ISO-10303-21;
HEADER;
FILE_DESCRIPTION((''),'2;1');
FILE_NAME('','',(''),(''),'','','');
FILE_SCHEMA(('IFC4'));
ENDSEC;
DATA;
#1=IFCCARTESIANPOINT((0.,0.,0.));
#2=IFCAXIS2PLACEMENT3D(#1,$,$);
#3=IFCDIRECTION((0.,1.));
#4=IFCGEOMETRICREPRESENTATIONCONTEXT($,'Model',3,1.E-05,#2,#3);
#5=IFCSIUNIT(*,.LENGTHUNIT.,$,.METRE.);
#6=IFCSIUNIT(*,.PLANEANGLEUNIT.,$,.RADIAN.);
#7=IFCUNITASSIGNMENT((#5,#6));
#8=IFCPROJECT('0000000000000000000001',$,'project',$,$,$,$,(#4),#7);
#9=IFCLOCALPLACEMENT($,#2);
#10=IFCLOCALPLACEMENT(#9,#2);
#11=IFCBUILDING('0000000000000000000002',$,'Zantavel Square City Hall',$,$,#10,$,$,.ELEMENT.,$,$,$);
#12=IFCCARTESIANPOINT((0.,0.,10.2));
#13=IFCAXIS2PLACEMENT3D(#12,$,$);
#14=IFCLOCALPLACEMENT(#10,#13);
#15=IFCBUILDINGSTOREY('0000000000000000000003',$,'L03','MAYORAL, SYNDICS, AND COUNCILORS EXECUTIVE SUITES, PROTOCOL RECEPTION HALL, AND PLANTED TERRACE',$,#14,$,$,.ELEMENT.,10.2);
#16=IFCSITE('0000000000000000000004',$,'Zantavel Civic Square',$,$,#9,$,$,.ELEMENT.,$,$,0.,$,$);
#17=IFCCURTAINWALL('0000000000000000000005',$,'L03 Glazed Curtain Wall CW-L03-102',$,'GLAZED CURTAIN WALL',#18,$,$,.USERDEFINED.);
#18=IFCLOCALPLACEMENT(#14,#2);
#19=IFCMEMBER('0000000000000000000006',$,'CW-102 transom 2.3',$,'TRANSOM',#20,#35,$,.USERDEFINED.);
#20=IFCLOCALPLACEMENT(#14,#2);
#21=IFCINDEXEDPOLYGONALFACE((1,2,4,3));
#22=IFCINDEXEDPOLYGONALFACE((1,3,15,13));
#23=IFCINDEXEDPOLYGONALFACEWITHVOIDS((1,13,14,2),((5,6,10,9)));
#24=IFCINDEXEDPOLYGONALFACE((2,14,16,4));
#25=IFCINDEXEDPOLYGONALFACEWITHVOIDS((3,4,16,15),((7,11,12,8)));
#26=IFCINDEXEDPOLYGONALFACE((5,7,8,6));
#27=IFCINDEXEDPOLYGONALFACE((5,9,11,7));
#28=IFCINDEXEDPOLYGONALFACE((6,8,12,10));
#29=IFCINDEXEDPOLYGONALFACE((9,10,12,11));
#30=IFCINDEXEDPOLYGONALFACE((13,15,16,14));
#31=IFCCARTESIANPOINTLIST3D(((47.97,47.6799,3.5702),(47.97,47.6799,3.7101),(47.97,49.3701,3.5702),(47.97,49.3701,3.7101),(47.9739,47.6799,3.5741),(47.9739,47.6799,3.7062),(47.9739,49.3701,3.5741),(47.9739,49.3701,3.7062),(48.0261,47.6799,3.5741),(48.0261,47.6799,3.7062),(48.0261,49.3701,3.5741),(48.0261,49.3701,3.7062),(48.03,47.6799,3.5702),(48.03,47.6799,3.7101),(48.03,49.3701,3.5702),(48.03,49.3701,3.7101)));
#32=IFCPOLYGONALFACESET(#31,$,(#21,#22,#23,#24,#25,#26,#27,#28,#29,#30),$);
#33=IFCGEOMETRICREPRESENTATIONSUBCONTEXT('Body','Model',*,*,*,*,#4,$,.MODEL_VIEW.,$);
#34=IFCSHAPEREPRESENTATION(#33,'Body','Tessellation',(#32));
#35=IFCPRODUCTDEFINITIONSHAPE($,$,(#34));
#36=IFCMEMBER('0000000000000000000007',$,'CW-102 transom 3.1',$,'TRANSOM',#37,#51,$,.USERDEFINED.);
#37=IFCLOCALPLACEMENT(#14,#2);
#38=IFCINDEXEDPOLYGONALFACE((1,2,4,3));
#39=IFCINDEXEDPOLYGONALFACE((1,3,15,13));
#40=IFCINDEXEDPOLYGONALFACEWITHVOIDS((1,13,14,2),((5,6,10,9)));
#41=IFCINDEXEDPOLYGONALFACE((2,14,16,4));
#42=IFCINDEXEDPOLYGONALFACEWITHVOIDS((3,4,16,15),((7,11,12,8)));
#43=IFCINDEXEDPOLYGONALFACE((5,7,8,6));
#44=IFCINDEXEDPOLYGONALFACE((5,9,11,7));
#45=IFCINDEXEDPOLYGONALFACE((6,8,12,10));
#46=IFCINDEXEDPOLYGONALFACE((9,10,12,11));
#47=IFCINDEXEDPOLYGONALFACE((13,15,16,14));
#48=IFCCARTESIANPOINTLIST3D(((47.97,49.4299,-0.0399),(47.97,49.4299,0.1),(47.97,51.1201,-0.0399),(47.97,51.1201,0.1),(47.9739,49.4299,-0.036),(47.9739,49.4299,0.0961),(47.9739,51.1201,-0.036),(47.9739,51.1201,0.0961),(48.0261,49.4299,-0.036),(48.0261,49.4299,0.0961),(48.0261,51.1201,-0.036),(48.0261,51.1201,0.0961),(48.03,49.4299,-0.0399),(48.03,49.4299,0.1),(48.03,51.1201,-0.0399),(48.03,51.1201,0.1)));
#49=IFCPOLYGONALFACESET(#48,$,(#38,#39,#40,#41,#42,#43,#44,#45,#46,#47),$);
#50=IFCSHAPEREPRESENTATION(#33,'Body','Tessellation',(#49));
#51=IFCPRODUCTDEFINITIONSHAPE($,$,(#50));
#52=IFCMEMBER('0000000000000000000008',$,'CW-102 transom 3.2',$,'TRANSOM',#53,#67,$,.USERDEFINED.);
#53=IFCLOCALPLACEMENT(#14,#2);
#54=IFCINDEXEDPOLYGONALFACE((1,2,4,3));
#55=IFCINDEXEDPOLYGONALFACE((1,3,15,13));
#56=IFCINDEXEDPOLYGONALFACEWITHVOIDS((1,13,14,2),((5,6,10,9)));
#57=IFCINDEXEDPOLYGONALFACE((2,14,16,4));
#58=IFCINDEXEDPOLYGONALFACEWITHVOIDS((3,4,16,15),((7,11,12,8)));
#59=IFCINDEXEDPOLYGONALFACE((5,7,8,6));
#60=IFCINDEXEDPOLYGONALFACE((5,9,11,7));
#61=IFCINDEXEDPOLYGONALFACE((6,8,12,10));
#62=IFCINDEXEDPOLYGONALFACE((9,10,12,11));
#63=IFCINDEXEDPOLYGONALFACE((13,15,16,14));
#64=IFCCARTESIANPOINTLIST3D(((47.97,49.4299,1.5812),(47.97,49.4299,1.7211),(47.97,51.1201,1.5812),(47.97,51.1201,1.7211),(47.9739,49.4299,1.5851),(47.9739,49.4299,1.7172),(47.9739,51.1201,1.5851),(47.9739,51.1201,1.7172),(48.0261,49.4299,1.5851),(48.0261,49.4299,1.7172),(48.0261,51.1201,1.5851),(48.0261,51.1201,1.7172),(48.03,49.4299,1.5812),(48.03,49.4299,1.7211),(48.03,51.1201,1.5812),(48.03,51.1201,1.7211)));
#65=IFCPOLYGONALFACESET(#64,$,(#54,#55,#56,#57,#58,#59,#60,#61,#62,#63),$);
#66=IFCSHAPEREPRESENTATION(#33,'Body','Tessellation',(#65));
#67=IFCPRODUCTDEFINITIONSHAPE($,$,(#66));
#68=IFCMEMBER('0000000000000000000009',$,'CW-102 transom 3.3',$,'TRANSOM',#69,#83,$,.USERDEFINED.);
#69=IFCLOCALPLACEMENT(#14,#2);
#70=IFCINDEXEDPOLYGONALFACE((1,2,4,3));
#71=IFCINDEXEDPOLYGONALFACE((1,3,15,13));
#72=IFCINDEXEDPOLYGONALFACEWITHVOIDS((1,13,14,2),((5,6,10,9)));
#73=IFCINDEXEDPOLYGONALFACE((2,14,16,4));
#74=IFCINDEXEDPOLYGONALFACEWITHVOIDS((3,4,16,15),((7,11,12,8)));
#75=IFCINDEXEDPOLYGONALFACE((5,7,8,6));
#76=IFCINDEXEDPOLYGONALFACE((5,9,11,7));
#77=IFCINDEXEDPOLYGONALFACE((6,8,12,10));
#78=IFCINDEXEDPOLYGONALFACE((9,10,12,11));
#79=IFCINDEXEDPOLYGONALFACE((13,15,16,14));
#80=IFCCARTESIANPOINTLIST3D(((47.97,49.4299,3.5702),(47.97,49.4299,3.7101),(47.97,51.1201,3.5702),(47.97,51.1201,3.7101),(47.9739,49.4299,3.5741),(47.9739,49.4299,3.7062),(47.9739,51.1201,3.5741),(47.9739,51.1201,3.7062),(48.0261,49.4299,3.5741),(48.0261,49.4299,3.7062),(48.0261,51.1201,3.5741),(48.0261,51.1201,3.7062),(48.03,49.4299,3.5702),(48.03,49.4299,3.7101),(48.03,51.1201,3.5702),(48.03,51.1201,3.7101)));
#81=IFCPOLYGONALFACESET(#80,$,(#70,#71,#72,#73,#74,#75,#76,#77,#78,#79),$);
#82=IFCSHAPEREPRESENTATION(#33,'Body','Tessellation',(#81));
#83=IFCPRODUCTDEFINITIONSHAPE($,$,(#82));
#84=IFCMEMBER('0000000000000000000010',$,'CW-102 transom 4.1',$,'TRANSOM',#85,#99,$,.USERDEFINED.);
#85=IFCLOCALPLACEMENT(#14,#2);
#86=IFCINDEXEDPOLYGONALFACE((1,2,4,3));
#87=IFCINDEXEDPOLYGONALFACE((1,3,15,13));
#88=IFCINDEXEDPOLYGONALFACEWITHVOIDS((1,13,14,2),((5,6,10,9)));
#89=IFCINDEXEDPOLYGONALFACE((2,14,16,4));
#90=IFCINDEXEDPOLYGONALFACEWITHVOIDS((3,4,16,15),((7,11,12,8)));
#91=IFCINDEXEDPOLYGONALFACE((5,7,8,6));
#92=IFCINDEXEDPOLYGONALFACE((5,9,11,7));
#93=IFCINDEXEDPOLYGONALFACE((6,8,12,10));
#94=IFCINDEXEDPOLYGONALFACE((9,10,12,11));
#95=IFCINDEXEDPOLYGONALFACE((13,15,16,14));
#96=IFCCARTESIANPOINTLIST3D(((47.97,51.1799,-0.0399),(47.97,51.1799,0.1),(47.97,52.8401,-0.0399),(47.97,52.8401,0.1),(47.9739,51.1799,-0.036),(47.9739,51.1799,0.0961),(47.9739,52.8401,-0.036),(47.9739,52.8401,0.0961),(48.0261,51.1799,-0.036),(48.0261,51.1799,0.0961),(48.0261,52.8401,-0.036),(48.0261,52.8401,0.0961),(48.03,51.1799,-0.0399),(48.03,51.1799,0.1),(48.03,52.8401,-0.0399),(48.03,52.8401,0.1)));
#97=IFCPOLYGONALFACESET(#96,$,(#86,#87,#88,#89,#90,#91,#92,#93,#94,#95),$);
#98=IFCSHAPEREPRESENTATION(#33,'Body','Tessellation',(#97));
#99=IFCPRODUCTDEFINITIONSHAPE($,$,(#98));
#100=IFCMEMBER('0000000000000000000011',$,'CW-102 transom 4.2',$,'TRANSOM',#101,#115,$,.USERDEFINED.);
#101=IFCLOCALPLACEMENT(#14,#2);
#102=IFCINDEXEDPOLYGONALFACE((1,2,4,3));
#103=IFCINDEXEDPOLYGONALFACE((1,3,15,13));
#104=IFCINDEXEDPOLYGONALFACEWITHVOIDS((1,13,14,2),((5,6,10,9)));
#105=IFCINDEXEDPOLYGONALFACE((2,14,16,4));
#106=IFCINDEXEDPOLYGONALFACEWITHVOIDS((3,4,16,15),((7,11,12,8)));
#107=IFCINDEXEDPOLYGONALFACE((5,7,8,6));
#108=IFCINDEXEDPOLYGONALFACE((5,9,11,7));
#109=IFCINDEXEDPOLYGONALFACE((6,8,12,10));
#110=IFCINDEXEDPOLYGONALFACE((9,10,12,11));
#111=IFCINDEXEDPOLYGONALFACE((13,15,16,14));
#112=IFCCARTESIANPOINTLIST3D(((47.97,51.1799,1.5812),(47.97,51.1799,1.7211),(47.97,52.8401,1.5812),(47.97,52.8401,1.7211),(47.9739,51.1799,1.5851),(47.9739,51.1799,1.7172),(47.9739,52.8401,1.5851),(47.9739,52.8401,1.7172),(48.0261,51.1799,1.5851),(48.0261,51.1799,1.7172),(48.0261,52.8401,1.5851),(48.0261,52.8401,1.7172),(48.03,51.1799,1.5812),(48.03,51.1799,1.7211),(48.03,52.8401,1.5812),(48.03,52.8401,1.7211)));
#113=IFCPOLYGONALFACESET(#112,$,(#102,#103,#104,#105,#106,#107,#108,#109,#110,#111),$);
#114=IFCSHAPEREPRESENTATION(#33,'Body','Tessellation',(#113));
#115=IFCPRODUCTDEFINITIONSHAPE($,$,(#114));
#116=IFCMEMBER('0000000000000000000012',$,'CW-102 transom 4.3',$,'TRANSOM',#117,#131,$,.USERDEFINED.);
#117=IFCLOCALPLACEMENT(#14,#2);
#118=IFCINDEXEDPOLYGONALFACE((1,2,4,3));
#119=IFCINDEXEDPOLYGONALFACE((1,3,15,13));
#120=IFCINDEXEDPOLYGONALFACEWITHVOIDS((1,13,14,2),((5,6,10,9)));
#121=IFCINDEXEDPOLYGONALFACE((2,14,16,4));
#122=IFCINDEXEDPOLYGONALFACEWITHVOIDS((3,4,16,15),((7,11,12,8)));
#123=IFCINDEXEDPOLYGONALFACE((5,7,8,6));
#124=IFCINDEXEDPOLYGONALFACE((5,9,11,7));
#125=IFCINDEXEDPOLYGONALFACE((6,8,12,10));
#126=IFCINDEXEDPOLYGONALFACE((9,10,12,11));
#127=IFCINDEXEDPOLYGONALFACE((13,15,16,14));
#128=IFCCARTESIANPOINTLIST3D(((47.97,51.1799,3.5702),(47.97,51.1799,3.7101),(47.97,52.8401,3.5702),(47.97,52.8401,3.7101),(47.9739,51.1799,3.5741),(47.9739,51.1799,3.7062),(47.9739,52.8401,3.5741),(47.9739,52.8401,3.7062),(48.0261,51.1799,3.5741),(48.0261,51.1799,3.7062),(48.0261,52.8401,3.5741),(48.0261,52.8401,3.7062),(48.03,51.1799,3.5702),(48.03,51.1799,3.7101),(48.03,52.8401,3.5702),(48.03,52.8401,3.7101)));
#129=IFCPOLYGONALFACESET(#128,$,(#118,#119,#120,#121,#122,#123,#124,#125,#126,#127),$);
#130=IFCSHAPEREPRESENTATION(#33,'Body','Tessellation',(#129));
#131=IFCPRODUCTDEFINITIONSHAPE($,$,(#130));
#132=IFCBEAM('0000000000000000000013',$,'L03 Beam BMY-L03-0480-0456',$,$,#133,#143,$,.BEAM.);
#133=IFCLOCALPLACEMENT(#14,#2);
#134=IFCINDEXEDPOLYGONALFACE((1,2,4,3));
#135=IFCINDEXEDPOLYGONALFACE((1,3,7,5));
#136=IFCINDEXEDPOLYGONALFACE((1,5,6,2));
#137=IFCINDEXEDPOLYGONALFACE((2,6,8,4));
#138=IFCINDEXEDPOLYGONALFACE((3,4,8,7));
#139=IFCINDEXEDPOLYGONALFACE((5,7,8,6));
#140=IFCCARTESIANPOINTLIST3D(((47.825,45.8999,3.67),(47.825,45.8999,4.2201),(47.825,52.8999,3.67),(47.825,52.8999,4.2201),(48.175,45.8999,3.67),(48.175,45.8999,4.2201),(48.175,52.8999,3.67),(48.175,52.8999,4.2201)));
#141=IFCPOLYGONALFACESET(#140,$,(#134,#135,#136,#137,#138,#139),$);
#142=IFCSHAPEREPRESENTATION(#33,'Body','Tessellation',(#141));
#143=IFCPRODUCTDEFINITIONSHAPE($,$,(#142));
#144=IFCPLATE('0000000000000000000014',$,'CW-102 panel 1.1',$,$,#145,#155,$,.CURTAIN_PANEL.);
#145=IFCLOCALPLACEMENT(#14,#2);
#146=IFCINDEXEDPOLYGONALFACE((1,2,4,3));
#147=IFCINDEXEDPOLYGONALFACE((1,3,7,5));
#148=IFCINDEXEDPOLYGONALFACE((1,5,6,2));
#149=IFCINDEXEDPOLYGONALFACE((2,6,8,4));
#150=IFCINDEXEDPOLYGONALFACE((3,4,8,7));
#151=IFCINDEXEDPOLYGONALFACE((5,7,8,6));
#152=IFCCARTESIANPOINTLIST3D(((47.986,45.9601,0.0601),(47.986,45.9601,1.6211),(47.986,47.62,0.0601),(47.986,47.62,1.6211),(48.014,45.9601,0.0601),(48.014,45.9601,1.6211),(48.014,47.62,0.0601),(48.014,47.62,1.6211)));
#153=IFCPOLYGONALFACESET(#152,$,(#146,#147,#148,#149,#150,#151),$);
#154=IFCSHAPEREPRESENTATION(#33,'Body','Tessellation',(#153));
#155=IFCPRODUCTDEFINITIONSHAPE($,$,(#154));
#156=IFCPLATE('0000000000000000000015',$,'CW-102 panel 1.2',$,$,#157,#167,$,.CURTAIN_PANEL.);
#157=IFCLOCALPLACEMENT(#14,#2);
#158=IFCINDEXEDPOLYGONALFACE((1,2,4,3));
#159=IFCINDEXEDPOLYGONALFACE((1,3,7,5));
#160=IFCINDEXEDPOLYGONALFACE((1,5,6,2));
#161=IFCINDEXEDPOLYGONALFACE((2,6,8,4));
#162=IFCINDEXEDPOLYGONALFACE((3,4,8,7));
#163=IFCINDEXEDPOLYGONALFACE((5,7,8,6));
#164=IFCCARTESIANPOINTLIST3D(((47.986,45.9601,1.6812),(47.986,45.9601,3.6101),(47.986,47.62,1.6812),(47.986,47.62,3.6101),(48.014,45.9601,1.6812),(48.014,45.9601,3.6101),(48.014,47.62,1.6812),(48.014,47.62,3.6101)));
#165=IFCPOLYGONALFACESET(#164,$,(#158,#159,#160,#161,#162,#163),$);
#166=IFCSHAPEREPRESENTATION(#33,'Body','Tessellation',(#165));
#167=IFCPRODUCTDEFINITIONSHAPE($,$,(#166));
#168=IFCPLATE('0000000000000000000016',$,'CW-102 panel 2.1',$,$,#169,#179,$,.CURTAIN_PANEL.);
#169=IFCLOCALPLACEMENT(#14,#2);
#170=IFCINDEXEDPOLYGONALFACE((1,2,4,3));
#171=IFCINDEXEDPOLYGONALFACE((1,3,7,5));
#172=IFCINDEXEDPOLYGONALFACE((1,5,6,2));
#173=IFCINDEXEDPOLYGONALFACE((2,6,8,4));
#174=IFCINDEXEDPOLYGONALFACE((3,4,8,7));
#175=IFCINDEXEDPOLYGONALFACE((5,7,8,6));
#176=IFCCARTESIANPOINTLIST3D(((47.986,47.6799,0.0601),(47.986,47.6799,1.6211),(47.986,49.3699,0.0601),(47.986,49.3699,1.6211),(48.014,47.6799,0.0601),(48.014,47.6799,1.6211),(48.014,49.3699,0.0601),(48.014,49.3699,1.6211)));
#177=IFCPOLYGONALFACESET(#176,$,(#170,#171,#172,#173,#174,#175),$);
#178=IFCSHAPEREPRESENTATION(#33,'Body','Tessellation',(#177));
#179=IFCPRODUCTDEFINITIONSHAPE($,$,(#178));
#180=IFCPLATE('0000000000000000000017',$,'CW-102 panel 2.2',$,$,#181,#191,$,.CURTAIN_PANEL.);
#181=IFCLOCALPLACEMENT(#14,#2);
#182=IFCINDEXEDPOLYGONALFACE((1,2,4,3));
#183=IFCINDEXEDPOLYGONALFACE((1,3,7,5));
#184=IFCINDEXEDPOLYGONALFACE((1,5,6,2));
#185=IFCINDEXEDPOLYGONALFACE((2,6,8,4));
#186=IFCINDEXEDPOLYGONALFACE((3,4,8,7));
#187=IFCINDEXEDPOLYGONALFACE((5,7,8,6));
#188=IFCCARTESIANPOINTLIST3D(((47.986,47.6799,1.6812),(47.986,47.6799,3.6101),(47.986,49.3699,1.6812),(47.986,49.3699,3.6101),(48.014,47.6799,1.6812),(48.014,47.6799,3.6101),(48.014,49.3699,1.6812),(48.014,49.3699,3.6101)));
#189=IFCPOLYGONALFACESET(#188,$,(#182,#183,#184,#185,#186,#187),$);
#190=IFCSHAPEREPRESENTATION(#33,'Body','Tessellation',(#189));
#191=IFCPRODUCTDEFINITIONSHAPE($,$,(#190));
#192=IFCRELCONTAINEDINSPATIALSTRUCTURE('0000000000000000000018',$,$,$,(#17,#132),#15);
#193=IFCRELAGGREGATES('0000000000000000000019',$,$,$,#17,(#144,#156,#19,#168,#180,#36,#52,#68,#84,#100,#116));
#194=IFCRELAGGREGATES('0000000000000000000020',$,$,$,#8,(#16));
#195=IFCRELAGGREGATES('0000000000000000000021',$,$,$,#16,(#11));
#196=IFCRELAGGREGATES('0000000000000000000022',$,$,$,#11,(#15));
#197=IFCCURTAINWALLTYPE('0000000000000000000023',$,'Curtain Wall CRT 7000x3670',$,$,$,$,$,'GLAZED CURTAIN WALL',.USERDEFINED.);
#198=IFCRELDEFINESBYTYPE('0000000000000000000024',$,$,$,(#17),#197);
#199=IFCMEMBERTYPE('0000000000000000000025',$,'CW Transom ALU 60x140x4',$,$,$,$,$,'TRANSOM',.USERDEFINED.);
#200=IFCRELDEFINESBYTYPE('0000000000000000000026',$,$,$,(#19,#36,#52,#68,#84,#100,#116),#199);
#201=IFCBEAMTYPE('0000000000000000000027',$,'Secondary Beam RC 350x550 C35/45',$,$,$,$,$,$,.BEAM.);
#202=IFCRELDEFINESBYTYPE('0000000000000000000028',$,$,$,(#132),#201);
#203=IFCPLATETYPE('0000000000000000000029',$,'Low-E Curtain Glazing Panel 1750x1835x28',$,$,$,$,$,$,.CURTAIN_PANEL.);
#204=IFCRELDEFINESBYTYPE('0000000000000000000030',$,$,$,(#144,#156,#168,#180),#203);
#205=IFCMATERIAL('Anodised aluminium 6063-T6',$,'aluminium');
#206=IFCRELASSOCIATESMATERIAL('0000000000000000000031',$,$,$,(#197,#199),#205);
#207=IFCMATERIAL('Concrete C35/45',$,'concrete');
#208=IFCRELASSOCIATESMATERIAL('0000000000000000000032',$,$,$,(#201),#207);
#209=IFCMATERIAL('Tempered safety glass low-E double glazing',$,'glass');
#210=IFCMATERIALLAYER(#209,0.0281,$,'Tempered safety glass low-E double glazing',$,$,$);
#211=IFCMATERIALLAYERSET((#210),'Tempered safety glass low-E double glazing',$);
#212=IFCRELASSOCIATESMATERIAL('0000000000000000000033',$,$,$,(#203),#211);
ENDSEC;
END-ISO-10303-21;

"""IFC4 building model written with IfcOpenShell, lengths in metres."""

from ifc_helpers import new_model, si_unit, direction, frame, origin, origin_2d, place, context, subcontext, project, spatial, rectangle, hollow_rectangle, extrude, material, layer, layer_set, material_profile, profile_set, type_object, element, aggregate, save


model = new_model("IFC4")

# Units and contexts
model_context = context("Model", 3, precision=1e-05, world=origin(), true_north=direction((0.0, 1.0)))
body_context = subcontext(model_context, "Body", "Model", "MODEL_VIEW")
ifc_project = project(units=[si_unit("LENGTHUNIT", "METRE"), si_unit("PLANEANGLEUNIT", "RADIAN")], contexts=[model_context])

# Site, building, storey
site_placement = place(None, origin())
site = spatial("IfcSite", under=ifc_project, at=site_placement, Name="Zantavel Civic Square", CompositionType="ELEMENT", RefElevation=0.0)
building_placement = place(site_placement, origin())
building = spatial("IfcBuilding", under=site, at=building_placement, Name="Zantavel Square City Hall", CompositionType="ELEMENT")
storey_placement = place(building_placement, frame((0.0, 0.0, 10.2)))
storey = spatial("IfcBuildingStorey", under=building, at=storey_placement, Name="L03", Description="MAYORAL, SYNDICS, AND COUNCILORS EXECUTIVE SUITES, PROTOCOL RECEPTION HALL, AND PLANTED TERRACE", CompositionType="ELEMENT", Elevation=10.2)

# Curtain wall, members
ifc_material_1 = material(Name="Anodised aluminium 6063-T6", Category="aluminium")
curtain_wall_type = type_object("IfcCurtainWallType", Name="Curtain Wall CRT 7000x3670", ElementType="GLAZED CURTAIN WALL", PredefinedType="USERDEFINED", material=ifc_material_1)
curtain_wall_placement = place(storey_placement, origin())
curtain_wall = element("IfcCurtainWall", 1, at=curtain_wall_placement, inside=storey, type_object=curtain_wall_type, Name="L03 Glazed Curtain Wall CW-L03-102", ObjectType="GLAZED CURTAIN WALL", PredefinedType="USERDEFINED")
ifc_material_profile_1 = material_profile(ifc_material_1, hollow_rectangle(XDim=0.0601, YDim=0.1399, WallThickness=0.0039, at=origin_2d()), Name="ALU 60x140x4")
ifc_profile_set_1 = profile_set([ifc_material_profile_1], Name="Anodised aluminium 6063-T6")
member_type_1 = type_object("IfcMemberType", Name="CW Transom ALU 60x140x4", ElementType="TRANSOM", PredefinedType="USERDEFINED", material=ifc_profile_set_1)
member_1_placement = place(storey_placement, frame((48.0, 47.6799, 3.6401), z_axis=(0.0, 1.0, 0.0), x_axis=(-1.0, 0.0, 0.0)))
member_1 = element("IfcMember", 2, at=member_1_placement, type_object=member_type_1, Name="CW-102 transom 2.3", ObjectType="TRANSOM", PredefinedType="USERDEFINED", context=body_context, shape_type="SweptSolid", body=[
    extrude(hollow_rectangle(XDim=0.0601, YDim=0.1399, WallThickness=0.0039, at=origin_2d()), origin(), (0.0, 0.0, 1.0), 1.6902),
])
member_2_placement = place(storey_placement, frame((48.0, 49.4299, 0.03), z_axis=(0.0, 1.0, 0.0), x_axis=(-1.0, 0.0, 0.0)))
member_2 = element("IfcMember", 3, at=member_2_placement, type_object=member_type_1, Name="CW-102 transom 3.1", ObjectType="TRANSOM", PredefinedType="USERDEFINED", context=body_context, shape_type="SweptSolid", body=[
    extrude(hollow_rectangle(XDim=0.0601, YDim=0.1399, WallThickness=0.0039, at=origin_2d()), origin(), (0.0, 0.0, 1.0), 1.6902),
])
member_3_placement = place(storey_placement, frame((48.0, 49.4299, 1.6511), z_axis=(0.0, 1.0, 0.0), x_axis=(-1.0, 0.0, 0.0)))
member_3 = element("IfcMember", 4, at=member_3_placement, type_object=member_type_1, Name="CW-102 transom 3.2", ObjectType="TRANSOM", PredefinedType="USERDEFINED", context=body_context, shape_type="SweptSolid", body=[
    extrude(hollow_rectangle(XDim=0.0601, YDim=0.1399, WallThickness=0.0039, at=origin_2d()), origin(), (0.0, 0.0, 1.0), 1.6902),
])
member_4_placement = place(storey_placement, frame((48.0, 49.4299, 3.6401), z_axis=(0.0, 1.0, 0.0), x_axis=(-1.0, 0.0, 0.0)))
member_4 = element("IfcMember", 5, at=member_4_placement, type_object=member_type_1, Name="CW-102 transom 3.3", ObjectType="TRANSOM", PredefinedType="USERDEFINED", context=body_context, shape_type="SweptSolid", body=[
    extrude(hollow_rectangle(XDim=0.0601, YDim=0.1399, WallThickness=0.0039, at=origin_2d()), origin(), (0.0, 0.0, 1.0), 1.6902),
])
member_5_placement = place(storey_placement, frame((48.0, 51.1799, 0.03), z_axis=(0.0, 1.0, 0.0), x_axis=(-1.0, 0.0, 0.0)))
member_5 = element("IfcMember", 6, at=member_5_placement, type_object=member_type_1, Name="CW-102 transom 4.1", ObjectType="TRANSOM", PredefinedType="USERDEFINED", context=body_context, shape_type="SweptSolid", body=[
    extrude(hollow_rectangle(XDim=0.0601, YDim=0.1399, WallThickness=0.0039, at=origin_2d()), origin(), (0.0, 0.0, 1.0), 1.6602),
])
member_6_placement = place(storey_placement, frame((48.0, 51.1799, 1.6511), z_axis=(0.0, 1.0, 0.0), x_axis=(-1.0, 0.0, 0.0)))
member_6 = element("IfcMember", 7, at=member_6_placement, type_object=member_type_1, Name="CW-102 transom 4.2", ObjectType="TRANSOM", PredefinedType="USERDEFINED", context=body_context, shape_type="SweptSolid", body=[
    extrude(hollow_rectangle(XDim=0.0601, YDim=0.1399, WallThickness=0.0039, at=origin_2d()), origin(), (0.0, 0.0, 1.0), 1.6602),
])
member_7_placement = place(storey_placement, frame((48.0, 51.1799, 3.6401), z_axis=(0.0, 1.0, 0.0), x_axis=(-1.0, 0.0, 0.0)))
member_7 = element("IfcMember", 8, at=member_7_placement, type_object=member_type_1, Name="CW-102 transom 4.3", ObjectType="TRANSOM", PredefinedType="USERDEFINED", context=body_context, shape_type="SweptSolid", body=[
    extrude(hollow_rectangle(XDim=0.0601, YDim=0.1399, WallThickness=0.0039, at=origin_2d()), origin(), (0.0, 0.0, 1.0), 1.6602),
])

# Beam
ifc_material_2 = material(Name="Concrete C35/45", Category="concrete")
ifc_material_profile_2 = material_profile(ifc_material_2, rectangle(XDim=0.3501, YDim=0.55, at=origin_2d()), Name="RC 350x550")
ifc_profile_set_2 = profile_set([ifc_material_profile_2], Name="Concrete C35/45")
beam_type = type_object("IfcBeamType", Name="Secondary Beam RC 350x550 C35/45", PredefinedType="BEAM", material=ifc_profile_set_2)
beam_placement = place(storey_placement, frame((48.0, 45.8999, 3.9451), z_axis=(0.0, 1.0, 0.0), x_axis=(-1.0, 0.0, 0.0)))
element("IfcBeam", 9, at=beam_placement, inside=storey, type_object=beam_type, Name="L03 Beam BMY-L03-0480-0456", PredefinedType="BEAM", context=body_context, shape_type="SweptSolid", body=[
    extrude(rectangle(XDim=0.3501, YDim=0.55, at=origin_2d()), origin(), (0.0, 0.0, 1.0), 7.0),
])

# Plates
ifc_material_3 = material(Name="Tempered safety glass low-E double glazing", Category="glass")
ifc_layer = layer(ifc_material_3, 0.0281, Name="Tempered safety glass low-E double glazing")
ifc_layer_set = layer_set([ifc_layer], Name="Tempered safety glass low-E double glazing")
plate_type = type_object("IfcPlateType", Name="Low-E Curtain Glazing Panel 1750x1835x28", PredefinedType="CURTAIN_PANEL", material=ifc_layer_set)
plate_1_placement = place(storey_placement, frame((48.0, 46.79, 0.0601), z_axis=(0.0, 0.0, 1.0), x_axis=(0.0, 1.0, 0.0)))
plate_1 = element("IfcPlate", 10, at=plate_1_placement, type_object=plate_type, Name="CW-102 panel 1.1", PredefinedType="CURTAIN_PANEL", context=body_context, shape_type="SweptSolid", body=[
    extrude(rectangle(XDim=1.6599, YDim=0.0281, at=origin_2d()), origin(), (0.0, 0.0, 1.0), 1.561),
])
plate_2_placement = place(storey_placement, frame((48.0, 46.79, 1.6812), z_axis=(0.0, 0.0, 1.0), x_axis=(0.0, 1.0, 0.0)))
plate_2 = element("IfcPlate", 11, at=plate_2_placement, type_object=plate_type, Name="CW-102 panel 1.2", PredefinedType="CURTAIN_PANEL", context=body_context, shape_type="SweptSolid", body=[
    extrude(rectangle(XDim=1.6599, YDim=0.0281, at=origin_2d()), origin(), (0.0, 0.0, 1.0), 1.929),
])
plate_3_placement = place(storey_placement, frame((48.0, 48.5249, 0.0601), z_axis=(0.0, 0.0, 1.0), x_axis=(0.0, 1.0, 0.0)))
plate_3 = element("IfcPlate", 12, at=plate_3_placement, type_object=plate_type, Name="CW-102 panel 2.1", PredefinedType="CURTAIN_PANEL", context=body_context, shape_type="SweptSolid", body=[
    extrude(rectangle(XDim=1.6899, YDim=0.0281, at=origin_2d()), origin(), (0.0, 0.0, 1.0), 1.561),
])
plate_4_placement = place(storey_placement, frame((48.0, 48.5249, 1.6812), z_axis=(0.0, 0.0, 1.0), x_axis=(0.0, 1.0, 0.0)))
plate_4 = element("IfcPlate", 13, at=plate_4_placement, type_object=plate_type, Name="CW-102 panel 2.2", PredefinedType="CURTAIN_PANEL", context=body_context, shape_type="SweptSolid", body=[
    extrude(rectangle(XDim=1.6899, YDim=0.0281, at=origin_2d()), origin(), (0.0, 0.0, 1.0), 1.929),
])
aggregate(curtain_wall, [plate_1, plate_2, member_1, plate_3, plate_4, member_2, member_3, member_4, member_5, member_6, member_7])

save(model, "model.ifc")
